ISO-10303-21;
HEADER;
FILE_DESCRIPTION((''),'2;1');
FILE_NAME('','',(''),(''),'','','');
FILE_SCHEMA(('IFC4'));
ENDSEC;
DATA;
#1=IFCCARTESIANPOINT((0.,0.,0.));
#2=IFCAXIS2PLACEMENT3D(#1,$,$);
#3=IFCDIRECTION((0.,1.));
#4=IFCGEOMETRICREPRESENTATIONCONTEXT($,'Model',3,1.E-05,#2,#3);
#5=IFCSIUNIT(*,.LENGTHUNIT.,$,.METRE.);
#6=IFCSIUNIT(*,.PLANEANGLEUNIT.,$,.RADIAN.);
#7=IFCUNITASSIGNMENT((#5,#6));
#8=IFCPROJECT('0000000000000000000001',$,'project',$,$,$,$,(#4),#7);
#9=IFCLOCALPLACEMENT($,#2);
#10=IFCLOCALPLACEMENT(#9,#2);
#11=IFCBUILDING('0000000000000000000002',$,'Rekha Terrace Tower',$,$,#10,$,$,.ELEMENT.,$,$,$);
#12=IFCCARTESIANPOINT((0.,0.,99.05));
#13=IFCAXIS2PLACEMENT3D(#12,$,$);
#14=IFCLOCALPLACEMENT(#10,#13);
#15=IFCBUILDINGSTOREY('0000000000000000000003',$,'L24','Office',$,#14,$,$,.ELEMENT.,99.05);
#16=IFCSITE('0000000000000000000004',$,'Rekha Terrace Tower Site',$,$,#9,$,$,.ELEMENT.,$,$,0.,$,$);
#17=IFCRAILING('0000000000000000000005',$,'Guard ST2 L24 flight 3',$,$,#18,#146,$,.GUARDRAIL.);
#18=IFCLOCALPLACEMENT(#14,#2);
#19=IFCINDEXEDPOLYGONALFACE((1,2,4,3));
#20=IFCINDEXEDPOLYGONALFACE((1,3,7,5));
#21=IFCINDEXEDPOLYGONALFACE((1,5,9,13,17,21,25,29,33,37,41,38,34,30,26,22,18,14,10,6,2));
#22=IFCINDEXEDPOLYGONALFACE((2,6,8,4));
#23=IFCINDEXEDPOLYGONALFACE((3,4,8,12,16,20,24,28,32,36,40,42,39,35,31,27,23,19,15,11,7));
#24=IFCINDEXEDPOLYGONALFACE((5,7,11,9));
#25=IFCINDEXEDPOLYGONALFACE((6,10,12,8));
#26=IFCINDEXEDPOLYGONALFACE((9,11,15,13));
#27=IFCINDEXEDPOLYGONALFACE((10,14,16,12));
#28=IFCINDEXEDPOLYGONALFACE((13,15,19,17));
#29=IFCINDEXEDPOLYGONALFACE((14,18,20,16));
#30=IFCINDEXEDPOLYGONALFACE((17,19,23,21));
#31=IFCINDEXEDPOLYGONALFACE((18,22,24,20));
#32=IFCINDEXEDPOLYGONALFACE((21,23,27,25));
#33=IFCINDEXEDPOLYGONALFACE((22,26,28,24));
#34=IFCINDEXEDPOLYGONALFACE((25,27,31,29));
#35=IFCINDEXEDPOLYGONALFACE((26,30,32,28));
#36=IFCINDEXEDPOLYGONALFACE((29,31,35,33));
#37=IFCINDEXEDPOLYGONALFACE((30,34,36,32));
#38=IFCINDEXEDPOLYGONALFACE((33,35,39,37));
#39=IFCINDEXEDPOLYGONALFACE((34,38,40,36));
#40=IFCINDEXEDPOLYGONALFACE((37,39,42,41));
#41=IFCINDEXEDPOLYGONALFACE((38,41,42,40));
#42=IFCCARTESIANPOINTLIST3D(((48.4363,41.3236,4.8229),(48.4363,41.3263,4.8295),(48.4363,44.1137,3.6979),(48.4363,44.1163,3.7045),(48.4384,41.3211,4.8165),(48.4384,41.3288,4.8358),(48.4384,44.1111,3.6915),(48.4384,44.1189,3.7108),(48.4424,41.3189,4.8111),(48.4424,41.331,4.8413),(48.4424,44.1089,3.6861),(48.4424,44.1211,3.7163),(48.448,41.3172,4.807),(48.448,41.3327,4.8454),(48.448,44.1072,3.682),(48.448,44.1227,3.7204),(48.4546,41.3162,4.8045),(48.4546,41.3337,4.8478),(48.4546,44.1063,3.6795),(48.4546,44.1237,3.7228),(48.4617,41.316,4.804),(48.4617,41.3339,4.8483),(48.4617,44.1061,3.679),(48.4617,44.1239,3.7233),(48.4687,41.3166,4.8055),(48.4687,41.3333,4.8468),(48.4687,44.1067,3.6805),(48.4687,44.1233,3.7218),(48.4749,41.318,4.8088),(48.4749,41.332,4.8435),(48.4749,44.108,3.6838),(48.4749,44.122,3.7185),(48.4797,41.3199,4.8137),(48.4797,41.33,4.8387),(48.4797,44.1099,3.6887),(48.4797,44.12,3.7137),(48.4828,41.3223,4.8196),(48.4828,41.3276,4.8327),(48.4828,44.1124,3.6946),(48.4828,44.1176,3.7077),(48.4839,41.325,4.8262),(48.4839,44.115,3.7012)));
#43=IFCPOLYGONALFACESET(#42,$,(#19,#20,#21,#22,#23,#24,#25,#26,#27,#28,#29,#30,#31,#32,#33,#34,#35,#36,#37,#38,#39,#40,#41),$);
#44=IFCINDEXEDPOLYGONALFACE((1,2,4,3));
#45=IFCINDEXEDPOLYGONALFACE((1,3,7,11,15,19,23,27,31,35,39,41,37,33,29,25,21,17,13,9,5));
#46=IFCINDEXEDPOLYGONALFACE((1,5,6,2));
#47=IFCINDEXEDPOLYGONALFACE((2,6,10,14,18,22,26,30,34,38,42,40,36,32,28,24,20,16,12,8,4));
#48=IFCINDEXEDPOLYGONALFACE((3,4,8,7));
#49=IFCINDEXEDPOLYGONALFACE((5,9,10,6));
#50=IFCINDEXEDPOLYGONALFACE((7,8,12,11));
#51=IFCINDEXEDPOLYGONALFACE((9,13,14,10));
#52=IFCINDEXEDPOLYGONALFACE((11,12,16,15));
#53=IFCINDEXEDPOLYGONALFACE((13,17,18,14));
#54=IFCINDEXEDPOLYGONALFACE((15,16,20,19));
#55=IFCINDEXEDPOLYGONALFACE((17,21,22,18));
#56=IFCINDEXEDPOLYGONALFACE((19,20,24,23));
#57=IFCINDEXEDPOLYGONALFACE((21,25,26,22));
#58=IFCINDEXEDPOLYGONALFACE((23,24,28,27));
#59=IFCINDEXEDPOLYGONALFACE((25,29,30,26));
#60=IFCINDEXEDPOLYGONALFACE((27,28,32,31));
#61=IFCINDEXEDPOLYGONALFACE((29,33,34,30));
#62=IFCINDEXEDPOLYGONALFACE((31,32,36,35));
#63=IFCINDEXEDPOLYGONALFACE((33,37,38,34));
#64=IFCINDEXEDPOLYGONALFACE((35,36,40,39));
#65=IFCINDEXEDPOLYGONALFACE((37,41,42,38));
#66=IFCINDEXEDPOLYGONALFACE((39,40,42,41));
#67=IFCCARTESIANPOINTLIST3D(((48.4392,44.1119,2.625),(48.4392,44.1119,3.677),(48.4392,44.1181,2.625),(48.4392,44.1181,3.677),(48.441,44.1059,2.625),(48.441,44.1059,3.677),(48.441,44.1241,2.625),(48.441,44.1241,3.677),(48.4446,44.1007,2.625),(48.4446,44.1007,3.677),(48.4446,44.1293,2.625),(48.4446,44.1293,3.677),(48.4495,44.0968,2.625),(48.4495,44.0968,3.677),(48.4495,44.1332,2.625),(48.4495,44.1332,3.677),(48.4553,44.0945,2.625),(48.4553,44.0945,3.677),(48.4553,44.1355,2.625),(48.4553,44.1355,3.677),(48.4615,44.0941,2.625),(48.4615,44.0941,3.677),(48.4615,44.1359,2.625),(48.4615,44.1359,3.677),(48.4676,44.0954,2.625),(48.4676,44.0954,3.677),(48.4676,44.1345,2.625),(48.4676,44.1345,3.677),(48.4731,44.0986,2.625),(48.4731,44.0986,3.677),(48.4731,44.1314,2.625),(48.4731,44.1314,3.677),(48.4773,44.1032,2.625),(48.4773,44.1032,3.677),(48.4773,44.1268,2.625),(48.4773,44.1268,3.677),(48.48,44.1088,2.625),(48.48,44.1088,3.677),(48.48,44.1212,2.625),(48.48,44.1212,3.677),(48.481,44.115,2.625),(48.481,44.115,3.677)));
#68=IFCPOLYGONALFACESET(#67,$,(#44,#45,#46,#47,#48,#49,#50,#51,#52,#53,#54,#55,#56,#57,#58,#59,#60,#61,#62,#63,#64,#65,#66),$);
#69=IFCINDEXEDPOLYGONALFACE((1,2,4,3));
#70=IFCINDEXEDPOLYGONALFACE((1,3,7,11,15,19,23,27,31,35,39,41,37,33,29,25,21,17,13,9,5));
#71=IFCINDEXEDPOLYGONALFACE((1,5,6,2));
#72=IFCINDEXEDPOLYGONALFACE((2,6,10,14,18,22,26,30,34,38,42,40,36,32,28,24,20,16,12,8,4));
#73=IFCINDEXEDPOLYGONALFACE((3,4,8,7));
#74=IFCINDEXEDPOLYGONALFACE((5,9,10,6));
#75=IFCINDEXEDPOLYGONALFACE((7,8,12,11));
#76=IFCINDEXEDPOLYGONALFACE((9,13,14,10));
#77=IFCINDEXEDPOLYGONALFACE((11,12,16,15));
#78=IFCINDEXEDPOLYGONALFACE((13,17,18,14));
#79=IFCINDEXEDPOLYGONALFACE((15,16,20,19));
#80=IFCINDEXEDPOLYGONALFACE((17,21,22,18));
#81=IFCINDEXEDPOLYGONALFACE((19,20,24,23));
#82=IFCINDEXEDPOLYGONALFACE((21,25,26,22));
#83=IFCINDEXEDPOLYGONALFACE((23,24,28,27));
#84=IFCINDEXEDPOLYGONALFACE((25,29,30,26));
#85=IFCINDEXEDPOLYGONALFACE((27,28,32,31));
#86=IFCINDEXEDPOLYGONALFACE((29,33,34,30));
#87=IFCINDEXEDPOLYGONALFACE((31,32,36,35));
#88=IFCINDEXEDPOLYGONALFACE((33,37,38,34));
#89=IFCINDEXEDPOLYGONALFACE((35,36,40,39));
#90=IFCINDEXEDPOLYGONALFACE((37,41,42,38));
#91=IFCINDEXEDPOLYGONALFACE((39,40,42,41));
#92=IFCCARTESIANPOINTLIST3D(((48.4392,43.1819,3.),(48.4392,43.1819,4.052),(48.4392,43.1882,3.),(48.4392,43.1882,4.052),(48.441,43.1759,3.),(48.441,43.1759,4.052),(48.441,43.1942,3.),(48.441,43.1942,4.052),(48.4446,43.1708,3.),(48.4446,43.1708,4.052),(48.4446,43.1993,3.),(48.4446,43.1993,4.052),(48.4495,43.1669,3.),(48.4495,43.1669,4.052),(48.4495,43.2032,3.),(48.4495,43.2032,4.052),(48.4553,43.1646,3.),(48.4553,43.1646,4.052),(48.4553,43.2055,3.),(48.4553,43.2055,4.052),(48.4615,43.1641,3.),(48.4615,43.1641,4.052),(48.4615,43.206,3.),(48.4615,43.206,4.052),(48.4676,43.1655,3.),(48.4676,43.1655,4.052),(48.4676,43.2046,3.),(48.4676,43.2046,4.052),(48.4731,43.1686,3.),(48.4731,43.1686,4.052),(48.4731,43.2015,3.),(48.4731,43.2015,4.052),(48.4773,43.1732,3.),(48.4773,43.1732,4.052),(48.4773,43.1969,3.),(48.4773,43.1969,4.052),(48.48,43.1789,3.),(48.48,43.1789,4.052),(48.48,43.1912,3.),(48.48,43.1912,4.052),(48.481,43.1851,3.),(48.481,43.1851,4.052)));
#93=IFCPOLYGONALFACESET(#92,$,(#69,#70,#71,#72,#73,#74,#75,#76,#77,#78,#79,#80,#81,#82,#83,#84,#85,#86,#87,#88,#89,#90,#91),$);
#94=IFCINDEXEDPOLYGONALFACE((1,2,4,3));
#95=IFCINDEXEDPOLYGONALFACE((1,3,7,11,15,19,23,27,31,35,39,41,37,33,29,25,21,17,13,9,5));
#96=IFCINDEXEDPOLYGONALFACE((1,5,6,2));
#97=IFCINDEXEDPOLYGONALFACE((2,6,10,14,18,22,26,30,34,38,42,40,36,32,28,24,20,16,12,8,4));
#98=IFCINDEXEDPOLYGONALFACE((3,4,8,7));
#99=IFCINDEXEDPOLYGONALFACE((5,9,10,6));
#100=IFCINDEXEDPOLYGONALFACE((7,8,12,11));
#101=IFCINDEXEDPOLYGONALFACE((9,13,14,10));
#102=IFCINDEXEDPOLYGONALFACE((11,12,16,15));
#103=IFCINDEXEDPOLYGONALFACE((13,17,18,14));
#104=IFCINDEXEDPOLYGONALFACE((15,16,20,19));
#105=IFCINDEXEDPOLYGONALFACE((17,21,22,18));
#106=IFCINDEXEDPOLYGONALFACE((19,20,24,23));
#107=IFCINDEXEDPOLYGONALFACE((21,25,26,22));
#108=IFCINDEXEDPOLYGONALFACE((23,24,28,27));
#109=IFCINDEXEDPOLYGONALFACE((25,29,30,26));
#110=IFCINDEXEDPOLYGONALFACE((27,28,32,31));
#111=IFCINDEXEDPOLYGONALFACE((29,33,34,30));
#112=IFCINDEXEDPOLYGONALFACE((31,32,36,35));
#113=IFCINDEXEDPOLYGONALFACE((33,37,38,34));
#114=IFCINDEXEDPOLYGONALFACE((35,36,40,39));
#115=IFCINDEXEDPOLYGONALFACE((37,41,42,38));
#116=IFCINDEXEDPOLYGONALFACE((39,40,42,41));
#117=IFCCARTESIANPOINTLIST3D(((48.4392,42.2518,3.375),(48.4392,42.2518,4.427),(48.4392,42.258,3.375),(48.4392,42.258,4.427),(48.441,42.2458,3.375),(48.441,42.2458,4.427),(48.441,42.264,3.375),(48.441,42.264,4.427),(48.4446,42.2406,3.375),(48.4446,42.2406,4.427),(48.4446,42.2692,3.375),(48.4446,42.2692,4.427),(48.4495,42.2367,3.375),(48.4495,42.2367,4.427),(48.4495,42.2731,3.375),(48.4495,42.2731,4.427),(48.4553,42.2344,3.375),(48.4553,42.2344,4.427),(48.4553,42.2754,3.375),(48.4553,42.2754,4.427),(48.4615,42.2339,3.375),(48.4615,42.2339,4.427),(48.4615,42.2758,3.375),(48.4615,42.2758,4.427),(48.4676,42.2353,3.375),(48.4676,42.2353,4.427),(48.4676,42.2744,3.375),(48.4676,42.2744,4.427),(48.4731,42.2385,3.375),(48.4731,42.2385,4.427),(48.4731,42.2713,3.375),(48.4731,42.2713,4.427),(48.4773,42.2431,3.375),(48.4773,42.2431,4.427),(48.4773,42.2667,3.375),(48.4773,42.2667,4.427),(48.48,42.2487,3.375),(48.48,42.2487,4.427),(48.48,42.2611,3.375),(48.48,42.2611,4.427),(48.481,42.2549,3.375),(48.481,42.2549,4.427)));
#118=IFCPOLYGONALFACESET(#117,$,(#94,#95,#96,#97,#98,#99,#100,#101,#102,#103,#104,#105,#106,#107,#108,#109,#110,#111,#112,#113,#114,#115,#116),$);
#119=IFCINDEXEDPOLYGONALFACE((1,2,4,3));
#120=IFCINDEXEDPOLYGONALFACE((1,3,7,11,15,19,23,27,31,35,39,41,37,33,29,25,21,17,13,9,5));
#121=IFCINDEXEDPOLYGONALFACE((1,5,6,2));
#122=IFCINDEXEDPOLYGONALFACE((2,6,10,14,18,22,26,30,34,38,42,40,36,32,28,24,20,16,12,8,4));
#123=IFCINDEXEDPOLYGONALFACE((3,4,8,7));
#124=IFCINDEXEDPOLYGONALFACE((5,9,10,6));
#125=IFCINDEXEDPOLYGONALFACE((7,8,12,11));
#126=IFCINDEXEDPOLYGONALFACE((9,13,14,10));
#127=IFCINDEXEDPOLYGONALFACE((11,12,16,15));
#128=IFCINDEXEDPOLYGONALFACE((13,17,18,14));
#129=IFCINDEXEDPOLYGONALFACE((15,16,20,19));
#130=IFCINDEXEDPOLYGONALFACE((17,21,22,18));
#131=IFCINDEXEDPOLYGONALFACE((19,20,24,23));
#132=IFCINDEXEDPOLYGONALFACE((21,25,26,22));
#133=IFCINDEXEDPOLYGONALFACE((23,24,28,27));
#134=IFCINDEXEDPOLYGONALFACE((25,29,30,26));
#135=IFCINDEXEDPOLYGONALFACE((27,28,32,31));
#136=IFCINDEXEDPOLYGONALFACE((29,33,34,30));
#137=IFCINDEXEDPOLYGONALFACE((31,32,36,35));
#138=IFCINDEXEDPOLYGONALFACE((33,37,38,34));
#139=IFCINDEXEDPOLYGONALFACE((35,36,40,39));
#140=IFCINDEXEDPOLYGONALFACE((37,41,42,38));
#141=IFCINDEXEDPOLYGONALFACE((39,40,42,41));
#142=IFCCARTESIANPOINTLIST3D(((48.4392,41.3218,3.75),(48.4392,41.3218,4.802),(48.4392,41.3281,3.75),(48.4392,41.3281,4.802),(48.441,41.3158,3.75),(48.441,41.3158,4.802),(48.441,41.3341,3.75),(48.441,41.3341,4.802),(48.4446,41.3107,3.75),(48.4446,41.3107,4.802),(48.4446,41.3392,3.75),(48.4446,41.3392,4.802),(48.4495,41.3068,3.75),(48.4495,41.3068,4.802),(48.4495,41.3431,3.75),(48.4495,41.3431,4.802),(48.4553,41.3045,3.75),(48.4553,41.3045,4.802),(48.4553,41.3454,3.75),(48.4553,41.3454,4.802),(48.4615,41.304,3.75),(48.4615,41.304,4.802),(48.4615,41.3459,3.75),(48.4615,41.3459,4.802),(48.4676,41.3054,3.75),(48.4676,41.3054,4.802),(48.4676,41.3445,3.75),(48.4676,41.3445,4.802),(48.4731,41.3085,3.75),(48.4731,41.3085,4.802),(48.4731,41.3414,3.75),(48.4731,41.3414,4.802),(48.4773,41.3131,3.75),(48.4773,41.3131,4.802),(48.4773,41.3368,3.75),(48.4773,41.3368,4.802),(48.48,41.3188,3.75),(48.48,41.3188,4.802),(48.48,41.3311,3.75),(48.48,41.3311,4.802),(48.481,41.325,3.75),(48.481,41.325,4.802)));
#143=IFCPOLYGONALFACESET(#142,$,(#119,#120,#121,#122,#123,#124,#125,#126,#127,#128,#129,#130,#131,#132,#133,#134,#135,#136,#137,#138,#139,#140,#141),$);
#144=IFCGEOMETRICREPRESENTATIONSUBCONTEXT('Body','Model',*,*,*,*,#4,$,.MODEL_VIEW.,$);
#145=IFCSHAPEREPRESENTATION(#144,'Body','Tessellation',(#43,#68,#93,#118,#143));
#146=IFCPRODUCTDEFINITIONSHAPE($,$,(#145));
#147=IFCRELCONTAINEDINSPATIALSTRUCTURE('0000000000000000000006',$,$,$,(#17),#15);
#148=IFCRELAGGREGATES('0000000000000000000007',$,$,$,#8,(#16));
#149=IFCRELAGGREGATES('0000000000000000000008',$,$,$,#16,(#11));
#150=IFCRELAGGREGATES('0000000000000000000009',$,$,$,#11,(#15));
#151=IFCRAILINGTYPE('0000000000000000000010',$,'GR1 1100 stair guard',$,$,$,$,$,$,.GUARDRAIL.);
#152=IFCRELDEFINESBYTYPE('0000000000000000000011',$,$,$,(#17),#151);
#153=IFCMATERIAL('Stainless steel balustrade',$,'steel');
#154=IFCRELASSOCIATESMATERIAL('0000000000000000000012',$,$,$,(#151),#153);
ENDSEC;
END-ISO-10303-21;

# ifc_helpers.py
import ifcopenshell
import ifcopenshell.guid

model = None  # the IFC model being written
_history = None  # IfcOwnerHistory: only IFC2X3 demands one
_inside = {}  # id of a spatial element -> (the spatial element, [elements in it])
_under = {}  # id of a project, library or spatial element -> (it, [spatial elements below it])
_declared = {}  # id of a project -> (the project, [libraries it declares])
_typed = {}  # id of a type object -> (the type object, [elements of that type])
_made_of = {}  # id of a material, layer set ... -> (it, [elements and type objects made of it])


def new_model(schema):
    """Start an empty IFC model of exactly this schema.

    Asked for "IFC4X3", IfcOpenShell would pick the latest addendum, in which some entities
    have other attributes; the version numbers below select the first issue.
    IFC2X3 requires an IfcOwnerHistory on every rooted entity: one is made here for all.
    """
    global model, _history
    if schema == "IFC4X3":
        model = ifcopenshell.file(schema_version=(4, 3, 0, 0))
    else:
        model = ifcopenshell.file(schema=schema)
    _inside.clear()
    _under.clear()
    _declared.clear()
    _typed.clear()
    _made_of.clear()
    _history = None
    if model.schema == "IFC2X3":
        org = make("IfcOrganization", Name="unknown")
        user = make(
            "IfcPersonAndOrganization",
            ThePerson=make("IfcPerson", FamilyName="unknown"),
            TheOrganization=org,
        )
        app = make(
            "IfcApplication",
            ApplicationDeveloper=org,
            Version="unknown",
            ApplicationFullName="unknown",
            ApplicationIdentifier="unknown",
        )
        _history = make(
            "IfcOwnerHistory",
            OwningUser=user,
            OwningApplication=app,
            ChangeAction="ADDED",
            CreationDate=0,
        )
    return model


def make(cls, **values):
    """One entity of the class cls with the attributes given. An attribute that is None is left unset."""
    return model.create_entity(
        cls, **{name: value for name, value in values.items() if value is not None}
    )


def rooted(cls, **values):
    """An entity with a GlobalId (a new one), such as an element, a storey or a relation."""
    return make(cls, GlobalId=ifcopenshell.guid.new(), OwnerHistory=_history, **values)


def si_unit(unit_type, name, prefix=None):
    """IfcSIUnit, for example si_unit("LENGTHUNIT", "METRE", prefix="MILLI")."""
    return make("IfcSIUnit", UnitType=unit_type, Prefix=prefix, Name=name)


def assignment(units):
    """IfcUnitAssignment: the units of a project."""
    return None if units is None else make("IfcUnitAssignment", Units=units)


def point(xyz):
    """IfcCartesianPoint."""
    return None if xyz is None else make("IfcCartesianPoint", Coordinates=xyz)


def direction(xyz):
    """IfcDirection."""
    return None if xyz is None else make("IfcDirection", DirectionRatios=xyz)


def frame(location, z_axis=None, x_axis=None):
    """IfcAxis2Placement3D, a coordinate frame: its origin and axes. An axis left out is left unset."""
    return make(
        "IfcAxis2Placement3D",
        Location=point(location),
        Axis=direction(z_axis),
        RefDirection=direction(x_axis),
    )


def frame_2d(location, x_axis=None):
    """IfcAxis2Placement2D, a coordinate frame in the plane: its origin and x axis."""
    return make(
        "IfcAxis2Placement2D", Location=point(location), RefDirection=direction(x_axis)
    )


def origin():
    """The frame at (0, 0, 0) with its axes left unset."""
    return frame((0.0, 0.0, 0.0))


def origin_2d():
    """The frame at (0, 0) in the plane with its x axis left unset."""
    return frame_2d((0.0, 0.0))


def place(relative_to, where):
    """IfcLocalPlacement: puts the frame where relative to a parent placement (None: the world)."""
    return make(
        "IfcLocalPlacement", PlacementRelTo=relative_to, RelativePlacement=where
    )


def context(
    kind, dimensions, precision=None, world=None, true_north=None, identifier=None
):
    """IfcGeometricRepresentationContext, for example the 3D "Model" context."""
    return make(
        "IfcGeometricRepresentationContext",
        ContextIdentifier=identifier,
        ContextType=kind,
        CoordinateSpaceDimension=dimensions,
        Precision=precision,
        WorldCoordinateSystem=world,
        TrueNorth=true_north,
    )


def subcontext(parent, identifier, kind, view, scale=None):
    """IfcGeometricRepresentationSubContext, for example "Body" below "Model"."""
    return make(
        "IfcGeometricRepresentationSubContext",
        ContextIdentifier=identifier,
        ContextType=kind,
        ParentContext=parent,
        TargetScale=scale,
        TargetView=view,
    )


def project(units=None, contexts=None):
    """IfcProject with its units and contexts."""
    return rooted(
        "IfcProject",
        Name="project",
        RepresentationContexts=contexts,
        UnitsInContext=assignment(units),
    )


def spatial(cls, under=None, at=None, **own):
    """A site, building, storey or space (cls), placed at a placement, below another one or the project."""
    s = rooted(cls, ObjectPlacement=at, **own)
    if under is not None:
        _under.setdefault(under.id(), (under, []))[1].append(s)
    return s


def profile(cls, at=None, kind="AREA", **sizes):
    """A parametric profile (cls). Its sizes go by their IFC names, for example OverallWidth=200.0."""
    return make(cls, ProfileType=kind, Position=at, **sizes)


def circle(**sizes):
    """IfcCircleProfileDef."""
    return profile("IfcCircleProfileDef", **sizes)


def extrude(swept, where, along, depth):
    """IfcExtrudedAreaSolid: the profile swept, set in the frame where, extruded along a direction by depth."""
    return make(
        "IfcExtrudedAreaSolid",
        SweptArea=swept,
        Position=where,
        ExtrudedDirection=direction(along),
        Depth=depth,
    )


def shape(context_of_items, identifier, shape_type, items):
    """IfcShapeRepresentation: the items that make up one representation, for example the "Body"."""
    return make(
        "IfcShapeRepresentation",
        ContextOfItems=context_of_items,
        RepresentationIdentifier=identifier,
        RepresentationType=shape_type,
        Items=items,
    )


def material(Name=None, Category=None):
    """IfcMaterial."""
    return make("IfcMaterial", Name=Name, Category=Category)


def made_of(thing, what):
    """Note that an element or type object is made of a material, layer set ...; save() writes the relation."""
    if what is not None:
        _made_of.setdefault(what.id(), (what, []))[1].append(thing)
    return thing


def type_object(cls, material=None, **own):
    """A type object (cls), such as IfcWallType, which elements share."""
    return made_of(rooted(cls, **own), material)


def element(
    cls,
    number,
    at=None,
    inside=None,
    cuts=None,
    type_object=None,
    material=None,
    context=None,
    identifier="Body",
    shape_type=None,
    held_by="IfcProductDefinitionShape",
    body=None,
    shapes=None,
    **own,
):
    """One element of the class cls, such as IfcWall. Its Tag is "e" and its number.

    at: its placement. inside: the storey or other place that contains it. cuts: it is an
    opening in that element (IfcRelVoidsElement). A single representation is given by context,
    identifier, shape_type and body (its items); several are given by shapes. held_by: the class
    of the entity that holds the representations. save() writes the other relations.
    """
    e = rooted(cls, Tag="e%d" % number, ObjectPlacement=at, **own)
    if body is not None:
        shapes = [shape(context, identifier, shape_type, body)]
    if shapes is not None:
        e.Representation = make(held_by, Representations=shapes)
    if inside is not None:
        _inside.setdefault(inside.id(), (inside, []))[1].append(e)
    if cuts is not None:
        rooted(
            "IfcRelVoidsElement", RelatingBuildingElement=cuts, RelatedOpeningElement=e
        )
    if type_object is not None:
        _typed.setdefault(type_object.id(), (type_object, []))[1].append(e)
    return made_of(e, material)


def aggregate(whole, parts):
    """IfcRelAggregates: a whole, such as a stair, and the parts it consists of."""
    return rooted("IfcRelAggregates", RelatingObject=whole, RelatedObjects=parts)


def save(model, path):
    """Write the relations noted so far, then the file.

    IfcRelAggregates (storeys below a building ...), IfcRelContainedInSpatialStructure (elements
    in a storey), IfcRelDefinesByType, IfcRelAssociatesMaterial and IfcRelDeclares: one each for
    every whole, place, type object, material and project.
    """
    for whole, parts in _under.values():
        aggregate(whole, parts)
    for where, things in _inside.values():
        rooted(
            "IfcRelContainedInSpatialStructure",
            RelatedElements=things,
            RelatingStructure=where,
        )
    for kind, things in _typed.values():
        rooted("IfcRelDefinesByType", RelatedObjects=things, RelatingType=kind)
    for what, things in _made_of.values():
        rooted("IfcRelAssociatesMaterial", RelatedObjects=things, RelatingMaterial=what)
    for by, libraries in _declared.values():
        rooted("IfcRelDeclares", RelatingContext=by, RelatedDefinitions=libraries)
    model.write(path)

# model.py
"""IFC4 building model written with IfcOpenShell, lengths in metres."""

from ifc_helpers import new_model, si_unit, direction, frame, origin, origin_2d, place, context, subcontext, project, spatial, circle, extrude, material, type_object, element, save


model = new_model("IFC4")

# Units and contexts
model_context = context("Model", 3, precision=1e-05, world=origin(), true_north=direction((0.0, 1.0)))
body_context = subcontext(model_context, "Body", "Model", "MODEL_VIEW")
ifc_project = project(units=[si_unit("LENGTHUNIT", "METRE"), si_unit("PLANEANGLEUNIT", "RADIAN")], contexts=[model_context])

# Site, building, storey
site_placement = place(None, origin())
site = spatial("IfcSite", under=ifc_project, at=site_placement, Name="Rekha Terrace Tower Site", CompositionType="ELEMENT", RefElevation=0.0)
building_placement = place(site_placement, origin())
building = spatial("IfcBuilding", under=site, at=building_placement, Name="Rekha Terrace Tower", CompositionType="ELEMENT")
storey_placement = place(building_placement, frame((0.0, 0.0, 99.05)))
storey = spatial("IfcBuildingStorey", under=building, at=storey_placement, Name="L24", Description="Office", CompositionType="ELEMENT", Elevation=99.05)

# Railing
ifc_material_1 = material(Name="Stainless steel balustrade", Category="steel")
railing_type_1 = type_object("IfcRailingType", Name="GR1 1100 stair guard", PredefinedType="GUARDRAIL", material=ifc_material_1)
railing_1_placement = place(storey_placement, frame((48.46, 44.115, 2.625)))
element("IfcRailing", 1, at=railing_1_placement, inside=storey, type_object=railing_type_1, Name="Guard ST2 L24 flight 3", PredefinedType="GUARDRAIL", context=body_context, shape_type="SweptSolid", body=[
    extrude(circle(Radius=0.0239, at=origin_2d()), frame((0.0, 0.0, 1.0762), z_axis=(0.0, -0.927443, 0.373964), x_axis=(1.0, 0.0, 0.0)), (0.0, 0.0, 1.0), 3.0083),
    extrude(circle(Radius=0.021, at=origin_2d()), origin(), (0.0, 0.0, 1.0), 1.052),
    extrude(circle(Radius=0.021, at=origin_2d()), frame((0.0, -0.9299, 0.375)), (0.0, 0.0, 1.0), 1.052),
    extrude(circle(Radius=0.021, at=origin_2d()), frame((0.0, -1.8601, 0.75)), (0.0, 0.0, 1.0), 1.052),
    extrude(circle(Radius=0.021, at=origin_2d()), frame((0.0, -2.79, 1.125)), (0.0, 0.0, 1.0), 1.052),
])

save(model, "model.ifc")
